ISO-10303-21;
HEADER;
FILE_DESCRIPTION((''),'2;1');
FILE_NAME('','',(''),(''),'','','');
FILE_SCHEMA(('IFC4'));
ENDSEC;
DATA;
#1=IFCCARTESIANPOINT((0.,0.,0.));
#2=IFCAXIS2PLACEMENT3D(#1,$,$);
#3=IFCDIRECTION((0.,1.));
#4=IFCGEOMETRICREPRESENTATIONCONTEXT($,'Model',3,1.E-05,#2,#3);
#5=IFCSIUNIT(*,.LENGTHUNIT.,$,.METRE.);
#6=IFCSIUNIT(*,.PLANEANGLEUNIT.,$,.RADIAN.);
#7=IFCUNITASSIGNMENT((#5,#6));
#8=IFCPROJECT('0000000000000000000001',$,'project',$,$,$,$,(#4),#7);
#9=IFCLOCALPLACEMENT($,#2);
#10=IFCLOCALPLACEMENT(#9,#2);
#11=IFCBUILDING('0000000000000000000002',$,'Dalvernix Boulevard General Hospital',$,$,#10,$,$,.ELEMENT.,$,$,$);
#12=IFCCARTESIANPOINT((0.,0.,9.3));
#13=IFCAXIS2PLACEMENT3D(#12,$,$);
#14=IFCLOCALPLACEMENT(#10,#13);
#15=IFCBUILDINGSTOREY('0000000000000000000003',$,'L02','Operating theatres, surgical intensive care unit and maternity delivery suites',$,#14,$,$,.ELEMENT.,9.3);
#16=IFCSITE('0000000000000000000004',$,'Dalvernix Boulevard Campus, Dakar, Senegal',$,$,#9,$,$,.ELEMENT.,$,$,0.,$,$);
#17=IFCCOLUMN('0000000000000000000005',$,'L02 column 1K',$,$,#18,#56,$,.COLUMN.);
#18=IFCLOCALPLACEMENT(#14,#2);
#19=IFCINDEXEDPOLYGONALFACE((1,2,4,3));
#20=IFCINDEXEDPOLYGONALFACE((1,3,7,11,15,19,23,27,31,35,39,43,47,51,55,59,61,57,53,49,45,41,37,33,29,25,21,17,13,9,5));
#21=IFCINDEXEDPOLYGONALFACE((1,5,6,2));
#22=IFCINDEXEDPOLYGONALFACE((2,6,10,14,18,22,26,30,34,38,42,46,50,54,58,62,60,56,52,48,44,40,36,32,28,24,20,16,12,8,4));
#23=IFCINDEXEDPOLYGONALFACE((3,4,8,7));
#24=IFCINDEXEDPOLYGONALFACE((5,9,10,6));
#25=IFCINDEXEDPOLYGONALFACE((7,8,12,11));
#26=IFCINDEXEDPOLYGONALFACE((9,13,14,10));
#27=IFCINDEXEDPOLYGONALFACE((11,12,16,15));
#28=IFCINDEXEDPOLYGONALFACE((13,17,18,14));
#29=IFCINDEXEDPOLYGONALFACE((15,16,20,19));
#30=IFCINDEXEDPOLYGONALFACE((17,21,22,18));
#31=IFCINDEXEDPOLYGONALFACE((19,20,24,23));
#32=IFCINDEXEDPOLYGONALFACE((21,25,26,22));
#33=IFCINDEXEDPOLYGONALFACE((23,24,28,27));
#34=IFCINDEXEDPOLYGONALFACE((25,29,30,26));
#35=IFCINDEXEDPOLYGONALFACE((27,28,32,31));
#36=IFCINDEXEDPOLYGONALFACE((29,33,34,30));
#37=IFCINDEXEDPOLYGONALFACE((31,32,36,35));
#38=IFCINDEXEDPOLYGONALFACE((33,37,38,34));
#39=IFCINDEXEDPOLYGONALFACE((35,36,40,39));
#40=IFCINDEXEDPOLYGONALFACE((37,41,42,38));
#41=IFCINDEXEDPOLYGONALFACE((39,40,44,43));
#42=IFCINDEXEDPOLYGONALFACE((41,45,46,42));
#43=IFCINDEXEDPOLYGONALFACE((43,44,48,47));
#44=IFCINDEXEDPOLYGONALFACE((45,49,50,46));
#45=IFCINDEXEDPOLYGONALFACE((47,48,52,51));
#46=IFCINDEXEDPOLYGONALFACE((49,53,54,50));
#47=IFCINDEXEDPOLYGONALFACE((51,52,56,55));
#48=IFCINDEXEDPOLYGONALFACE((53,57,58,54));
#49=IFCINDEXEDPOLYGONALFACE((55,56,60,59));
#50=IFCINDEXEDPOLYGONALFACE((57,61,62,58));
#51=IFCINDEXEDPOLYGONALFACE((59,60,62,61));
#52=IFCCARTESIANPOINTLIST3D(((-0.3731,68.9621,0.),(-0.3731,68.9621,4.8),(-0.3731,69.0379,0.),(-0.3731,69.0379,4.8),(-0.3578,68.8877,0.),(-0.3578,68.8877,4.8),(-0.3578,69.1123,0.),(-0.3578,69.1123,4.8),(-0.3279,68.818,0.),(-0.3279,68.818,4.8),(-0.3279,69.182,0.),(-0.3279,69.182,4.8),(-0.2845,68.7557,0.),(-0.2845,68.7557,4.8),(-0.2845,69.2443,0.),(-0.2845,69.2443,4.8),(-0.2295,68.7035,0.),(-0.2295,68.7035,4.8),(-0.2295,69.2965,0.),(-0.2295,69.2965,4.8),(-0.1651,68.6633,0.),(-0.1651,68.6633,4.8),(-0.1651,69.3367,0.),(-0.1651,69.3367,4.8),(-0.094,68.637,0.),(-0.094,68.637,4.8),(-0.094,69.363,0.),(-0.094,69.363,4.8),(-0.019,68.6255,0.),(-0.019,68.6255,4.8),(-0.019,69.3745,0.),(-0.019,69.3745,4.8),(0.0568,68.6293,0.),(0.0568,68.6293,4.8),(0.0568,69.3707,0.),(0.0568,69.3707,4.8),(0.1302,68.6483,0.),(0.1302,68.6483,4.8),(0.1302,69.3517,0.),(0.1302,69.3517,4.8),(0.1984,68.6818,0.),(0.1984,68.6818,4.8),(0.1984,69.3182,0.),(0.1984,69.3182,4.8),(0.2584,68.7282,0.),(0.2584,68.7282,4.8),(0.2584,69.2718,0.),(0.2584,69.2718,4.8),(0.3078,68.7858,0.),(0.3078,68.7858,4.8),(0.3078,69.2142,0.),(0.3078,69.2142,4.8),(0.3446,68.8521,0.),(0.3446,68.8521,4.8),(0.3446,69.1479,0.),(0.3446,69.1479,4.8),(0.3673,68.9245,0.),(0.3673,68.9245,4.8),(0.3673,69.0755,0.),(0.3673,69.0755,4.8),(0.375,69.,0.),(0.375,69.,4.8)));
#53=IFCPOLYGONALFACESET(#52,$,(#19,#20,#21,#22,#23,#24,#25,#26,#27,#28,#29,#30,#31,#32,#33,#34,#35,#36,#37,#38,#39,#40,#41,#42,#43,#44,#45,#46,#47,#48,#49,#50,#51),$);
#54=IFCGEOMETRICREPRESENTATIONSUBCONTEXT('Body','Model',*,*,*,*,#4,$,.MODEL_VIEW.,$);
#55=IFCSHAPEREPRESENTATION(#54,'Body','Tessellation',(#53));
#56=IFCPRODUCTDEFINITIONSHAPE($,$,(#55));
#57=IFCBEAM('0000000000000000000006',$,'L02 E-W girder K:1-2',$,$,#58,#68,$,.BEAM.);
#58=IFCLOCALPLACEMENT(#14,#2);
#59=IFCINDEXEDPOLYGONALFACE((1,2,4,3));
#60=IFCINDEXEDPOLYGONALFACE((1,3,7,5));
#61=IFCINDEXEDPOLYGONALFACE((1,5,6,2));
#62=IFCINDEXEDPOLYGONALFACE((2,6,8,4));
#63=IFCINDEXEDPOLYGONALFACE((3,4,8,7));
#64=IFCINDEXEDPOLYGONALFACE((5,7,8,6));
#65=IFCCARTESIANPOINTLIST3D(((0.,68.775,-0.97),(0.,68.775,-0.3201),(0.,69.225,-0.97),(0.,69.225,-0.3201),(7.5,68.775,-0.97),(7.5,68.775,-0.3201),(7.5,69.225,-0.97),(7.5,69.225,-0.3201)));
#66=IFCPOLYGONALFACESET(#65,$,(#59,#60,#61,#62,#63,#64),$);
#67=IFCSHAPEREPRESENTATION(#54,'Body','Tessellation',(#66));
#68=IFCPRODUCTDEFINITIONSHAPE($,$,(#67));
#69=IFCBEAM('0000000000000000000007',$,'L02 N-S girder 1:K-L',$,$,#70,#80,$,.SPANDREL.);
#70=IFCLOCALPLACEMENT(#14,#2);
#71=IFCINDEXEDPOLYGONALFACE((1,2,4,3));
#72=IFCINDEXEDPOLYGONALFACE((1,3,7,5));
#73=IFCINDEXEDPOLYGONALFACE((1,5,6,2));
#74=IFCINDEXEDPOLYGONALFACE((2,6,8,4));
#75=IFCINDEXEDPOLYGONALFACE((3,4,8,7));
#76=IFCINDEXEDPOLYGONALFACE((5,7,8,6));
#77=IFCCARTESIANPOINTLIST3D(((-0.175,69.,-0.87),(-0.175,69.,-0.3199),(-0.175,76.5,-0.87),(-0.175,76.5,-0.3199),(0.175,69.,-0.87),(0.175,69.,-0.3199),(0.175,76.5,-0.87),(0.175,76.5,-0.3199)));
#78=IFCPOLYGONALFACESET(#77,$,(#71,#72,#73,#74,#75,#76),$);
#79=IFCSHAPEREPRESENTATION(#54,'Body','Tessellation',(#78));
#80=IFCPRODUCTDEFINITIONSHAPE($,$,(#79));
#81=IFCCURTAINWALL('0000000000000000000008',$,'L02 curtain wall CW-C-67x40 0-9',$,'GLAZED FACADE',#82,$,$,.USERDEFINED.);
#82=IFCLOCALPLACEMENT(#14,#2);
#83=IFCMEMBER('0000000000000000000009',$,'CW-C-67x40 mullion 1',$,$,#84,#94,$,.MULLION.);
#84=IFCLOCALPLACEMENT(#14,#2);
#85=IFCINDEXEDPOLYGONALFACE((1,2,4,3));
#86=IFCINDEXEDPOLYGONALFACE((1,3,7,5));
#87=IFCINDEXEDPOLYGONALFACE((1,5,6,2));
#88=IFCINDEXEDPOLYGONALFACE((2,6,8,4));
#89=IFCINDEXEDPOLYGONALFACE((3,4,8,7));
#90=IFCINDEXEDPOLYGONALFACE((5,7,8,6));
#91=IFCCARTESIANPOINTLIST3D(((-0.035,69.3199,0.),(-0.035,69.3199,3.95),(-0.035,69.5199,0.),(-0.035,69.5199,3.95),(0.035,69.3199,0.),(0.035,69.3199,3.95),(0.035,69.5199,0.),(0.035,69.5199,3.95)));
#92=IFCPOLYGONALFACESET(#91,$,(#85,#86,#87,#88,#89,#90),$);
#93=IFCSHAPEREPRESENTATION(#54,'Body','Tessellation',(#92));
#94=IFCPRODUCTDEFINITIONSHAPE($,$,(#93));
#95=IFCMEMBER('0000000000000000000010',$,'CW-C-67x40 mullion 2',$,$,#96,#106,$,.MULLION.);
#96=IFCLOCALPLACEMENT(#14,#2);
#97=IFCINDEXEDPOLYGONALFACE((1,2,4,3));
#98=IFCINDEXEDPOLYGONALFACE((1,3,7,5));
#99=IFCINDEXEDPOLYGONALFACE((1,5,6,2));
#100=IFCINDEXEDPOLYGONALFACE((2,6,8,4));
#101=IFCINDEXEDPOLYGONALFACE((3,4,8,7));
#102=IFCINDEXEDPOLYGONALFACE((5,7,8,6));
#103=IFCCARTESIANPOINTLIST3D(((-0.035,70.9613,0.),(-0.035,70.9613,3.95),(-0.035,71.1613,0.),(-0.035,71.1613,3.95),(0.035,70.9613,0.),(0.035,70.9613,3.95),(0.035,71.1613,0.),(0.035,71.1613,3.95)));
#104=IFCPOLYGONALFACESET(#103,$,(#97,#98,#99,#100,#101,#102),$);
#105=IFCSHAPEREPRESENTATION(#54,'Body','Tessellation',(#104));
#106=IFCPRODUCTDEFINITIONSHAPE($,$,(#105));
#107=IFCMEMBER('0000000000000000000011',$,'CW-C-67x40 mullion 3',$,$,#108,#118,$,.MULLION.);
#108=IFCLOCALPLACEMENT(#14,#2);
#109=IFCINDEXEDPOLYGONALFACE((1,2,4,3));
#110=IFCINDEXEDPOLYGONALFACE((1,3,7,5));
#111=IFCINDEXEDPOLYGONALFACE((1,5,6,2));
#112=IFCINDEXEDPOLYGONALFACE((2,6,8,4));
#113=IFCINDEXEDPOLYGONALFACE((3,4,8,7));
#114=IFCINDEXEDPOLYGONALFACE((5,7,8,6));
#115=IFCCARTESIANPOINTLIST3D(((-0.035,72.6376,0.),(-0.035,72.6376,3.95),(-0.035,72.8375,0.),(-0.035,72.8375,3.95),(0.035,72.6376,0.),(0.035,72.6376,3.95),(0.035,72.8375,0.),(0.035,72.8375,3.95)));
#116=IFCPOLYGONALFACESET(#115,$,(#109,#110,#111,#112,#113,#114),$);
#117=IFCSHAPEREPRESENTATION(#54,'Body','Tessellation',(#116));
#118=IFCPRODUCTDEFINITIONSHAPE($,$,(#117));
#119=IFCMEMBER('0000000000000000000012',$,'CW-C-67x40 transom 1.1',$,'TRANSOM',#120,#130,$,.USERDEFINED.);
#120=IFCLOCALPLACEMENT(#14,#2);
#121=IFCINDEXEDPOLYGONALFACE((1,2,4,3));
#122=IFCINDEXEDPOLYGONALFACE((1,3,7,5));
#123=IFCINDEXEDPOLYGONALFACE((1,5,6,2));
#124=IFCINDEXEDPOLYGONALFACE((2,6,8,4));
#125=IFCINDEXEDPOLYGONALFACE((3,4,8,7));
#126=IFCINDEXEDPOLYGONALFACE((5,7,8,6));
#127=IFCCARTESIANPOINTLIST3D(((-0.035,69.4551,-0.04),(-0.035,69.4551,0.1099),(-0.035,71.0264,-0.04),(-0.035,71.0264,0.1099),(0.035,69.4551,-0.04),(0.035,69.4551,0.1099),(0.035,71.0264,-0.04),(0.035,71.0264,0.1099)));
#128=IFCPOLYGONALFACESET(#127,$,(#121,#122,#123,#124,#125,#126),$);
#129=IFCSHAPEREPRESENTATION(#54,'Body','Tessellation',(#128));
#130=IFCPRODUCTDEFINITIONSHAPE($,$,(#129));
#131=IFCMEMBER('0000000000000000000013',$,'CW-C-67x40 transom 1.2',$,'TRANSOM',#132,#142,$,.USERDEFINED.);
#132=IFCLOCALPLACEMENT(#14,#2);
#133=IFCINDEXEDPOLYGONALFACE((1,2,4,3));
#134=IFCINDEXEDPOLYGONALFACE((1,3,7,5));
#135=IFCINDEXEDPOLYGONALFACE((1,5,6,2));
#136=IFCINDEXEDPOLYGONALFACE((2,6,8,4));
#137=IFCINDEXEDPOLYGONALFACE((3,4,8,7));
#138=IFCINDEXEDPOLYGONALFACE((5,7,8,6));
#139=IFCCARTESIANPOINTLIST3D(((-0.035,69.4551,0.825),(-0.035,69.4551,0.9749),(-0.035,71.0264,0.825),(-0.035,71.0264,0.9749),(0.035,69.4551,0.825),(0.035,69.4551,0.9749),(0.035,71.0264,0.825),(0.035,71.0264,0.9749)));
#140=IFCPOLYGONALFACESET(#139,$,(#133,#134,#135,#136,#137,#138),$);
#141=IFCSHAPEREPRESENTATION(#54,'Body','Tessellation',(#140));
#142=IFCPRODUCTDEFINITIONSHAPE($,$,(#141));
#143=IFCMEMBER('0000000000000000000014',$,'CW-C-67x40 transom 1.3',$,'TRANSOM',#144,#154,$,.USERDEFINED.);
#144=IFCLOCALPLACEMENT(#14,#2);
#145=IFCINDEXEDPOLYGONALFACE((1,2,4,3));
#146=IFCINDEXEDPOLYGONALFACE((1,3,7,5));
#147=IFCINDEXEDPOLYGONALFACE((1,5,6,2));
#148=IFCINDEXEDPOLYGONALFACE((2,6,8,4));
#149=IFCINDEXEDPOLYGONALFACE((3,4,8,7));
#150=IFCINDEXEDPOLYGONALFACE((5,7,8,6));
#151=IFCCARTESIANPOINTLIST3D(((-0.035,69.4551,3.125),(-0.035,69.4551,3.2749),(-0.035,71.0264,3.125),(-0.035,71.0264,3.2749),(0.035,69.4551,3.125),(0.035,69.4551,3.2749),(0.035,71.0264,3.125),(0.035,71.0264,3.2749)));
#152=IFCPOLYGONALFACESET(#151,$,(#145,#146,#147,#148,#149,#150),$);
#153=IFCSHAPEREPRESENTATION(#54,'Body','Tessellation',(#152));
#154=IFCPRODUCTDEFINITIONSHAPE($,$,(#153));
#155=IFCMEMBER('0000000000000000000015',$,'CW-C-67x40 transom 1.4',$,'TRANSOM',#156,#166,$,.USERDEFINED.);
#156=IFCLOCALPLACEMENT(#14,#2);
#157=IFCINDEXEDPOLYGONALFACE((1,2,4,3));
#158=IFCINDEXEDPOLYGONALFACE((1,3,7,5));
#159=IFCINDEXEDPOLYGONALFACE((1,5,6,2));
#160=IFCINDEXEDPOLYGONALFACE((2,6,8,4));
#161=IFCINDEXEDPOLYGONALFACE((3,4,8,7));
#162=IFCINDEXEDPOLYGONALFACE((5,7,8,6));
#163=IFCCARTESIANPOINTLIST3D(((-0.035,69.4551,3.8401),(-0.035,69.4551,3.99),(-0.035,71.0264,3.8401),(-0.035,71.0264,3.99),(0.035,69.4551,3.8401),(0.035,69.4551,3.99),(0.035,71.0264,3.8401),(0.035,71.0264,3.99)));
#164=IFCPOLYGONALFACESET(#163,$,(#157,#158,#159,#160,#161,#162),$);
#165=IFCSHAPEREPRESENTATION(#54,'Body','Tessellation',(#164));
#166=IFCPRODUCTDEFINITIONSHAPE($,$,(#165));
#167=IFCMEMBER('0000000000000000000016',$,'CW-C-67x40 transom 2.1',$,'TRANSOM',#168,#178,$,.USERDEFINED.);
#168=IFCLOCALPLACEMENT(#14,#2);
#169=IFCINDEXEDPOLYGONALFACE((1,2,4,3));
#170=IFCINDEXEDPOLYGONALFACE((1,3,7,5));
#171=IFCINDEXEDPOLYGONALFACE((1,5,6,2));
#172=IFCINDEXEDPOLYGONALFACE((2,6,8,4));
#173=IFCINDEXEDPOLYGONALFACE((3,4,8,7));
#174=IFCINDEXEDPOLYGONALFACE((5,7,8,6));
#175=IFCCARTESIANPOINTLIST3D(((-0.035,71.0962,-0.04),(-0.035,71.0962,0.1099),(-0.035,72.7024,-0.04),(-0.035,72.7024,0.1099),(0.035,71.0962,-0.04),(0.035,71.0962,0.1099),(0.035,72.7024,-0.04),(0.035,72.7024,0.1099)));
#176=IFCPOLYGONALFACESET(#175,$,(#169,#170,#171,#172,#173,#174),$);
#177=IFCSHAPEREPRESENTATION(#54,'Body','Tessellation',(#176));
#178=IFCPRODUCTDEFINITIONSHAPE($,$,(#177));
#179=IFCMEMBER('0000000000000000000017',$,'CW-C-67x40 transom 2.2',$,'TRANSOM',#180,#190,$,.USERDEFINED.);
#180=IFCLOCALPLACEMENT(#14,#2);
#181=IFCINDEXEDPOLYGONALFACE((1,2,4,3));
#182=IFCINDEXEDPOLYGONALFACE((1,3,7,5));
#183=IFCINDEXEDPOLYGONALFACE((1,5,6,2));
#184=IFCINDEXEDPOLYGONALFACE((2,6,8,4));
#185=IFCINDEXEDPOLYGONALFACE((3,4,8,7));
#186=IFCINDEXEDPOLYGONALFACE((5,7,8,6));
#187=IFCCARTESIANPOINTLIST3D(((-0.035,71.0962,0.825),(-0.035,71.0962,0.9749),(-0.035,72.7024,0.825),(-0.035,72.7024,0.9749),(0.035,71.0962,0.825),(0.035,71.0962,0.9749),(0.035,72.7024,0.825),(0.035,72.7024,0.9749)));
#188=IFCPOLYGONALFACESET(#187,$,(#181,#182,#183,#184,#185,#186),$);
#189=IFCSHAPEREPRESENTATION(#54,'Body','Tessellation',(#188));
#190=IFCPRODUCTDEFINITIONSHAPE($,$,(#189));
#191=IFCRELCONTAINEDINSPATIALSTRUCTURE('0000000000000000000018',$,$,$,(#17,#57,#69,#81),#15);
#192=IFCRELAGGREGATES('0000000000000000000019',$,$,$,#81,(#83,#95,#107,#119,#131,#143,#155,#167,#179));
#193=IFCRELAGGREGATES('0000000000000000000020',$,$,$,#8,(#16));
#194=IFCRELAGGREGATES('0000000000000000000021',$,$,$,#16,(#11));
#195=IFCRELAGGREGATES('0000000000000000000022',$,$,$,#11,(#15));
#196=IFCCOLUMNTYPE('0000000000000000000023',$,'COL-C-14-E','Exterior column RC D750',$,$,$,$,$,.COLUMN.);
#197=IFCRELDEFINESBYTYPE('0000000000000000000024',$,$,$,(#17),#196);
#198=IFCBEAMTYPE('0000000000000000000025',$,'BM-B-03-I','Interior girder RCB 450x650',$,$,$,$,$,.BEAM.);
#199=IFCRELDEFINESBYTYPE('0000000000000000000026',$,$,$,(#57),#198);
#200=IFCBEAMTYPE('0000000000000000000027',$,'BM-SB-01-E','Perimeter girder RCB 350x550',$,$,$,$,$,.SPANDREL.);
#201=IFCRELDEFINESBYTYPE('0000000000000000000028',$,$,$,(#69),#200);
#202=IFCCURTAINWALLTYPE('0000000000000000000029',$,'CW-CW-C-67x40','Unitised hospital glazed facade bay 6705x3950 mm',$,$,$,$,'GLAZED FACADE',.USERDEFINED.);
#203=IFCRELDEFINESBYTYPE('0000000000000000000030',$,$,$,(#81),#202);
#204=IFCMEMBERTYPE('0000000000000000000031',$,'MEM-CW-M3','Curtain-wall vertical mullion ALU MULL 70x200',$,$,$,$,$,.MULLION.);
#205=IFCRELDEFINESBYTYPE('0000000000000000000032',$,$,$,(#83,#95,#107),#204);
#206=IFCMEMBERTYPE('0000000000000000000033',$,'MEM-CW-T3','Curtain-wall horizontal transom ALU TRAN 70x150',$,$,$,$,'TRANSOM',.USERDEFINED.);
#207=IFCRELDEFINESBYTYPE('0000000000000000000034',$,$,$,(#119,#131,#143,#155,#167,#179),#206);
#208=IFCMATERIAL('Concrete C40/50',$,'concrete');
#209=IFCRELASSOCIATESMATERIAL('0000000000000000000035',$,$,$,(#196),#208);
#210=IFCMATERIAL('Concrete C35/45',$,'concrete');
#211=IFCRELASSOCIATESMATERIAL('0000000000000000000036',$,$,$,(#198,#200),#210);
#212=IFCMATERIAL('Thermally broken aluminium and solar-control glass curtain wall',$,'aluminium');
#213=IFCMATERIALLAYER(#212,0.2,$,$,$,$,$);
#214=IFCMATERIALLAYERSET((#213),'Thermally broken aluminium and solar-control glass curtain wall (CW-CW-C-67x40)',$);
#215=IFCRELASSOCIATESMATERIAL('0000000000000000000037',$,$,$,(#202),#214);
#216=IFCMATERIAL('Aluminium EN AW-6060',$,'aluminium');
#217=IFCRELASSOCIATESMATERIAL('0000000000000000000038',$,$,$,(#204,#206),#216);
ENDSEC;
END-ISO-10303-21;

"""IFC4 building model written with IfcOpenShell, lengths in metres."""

from ifc_helpers import new_model, si_unit, direction, frame, origin, origin_2d, place, context, subcontext, project, spatial, rectangle, circle, extrude, material, layer, layer_set, material_profile, profile_set, type_object, element, aggregate, save


model = new_model("IFC4")

# Units and contexts
model_context = context("Model", 3, precision=1e-05, world=origin(), true_north=direction((0.0, 1.0)))
body_context = subcontext(model_context, "Body", "Model", "MODEL_VIEW")
ifc_project = project(units=[si_unit("LENGTHUNIT", "METRE"), si_unit("PLANEANGLEUNIT", "RADIAN")], contexts=[model_context])

# Site, building, storey
site_placement = place(None, origin())
site = spatial("IfcSite", under=ifc_project, at=site_placement, Name="Dalvernix Boulevard Campus, Dakar, Senegal", CompositionType="ELEMENT", RefElevation=0.0)
building_placement = place(site_placement, origin())
building = spatial("IfcBuilding", under=site, at=building_placement, Name="Dalvernix Boulevard General Hospital", CompositionType="ELEMENT")
storey_placement = place(building_placement, frame((0.0, 0.0, 9.3)))
storey = spatial("IfcBuildingStorey", under=building, at=storey_placement, Name="L02", Description="Operating theatres, surgical intensive care unit and maternity delivery suites", CompositionType="ELEMENT", Elevation=9.3)

# Column
ifc_material_1 = material(Name="Concrete C40/50", Category="concrete")
ifc_material_profile_1 = material_profile(ifc_material_1, circle(Radius=0.375, at=origin_2d()), Name="RC D750")
ifc_profile_set_1 = profile_set([ifc_material_profile_1], Name="Concrete C40/50")
column_type = type_object("IfcColumnType", Name="COL-C-14-E", Description="Exterior column RC D750", PredefinedType="COLUMN", material=ifc_profile_set_1)
column_placement = place(storey_placement, frame((0.0, 69.0, 0.0), z_axis=(0.0, 0.0, 1.0), x_axis=(1.0, 0.0, 0.0)))
element("IfcColumn", 1, at=column_placement, inside=storey, type_object=column_type, Name="L02 column 1K", PredefinedType="COLUMN", context=body_context, shape_type="SweptSolid", body=[
    extrude(circle(Radius=0.375, at=origin_2d()), origin(), (0.0, 0.0, 1.0), 4.8),
])

# Beams
ifc_material_2 = material(Name="Concrete C35/45", Category="concrete")
ifc_material_profile_2 = material_profile(ifc_material_2, rectangle(XDim=0.45, YDim=0.6499, at=origin_2d()), Name="RCB 450x650")
ifc_profile_set_2 = profile_set([ifc_material_profile_2], Name="Concrete C35/45")
beam_type_1 = type_object("IfcBeamType", Name="BM-B-03-I", Description="Interior girder RCB 450x650", PredefinedType="BEAM", material=ifc_profile_set_2)
beam_1_placement = place(storey_placement, frame((0.0, 69.0, -0.645), z_axis=(1.0, 0.0, 0.0), x_axis=(0.0, 1.0, 0.0)))
element("IfcBeam", 2, at=beam_1_placement, inside=storey, type_object=beam_type_1, Name="L02 E-W girder K:1-2", PredefinedType="BEAM", context=body_context, shape_type="SweptSolid", body=[
    extrude(rectangle(XDim=0.45, YDim=0.6499, at=origin_2d()), origin(), (0.0, 0.0, 1.0), 7.5),
])
ifc_material_profile_3 = material_profile(ifc_material_2, rectangle(XDim=0.3501, YDim=0.55, at=origin_2d()), Name="RCB 350x550")
ifc_profile_set_3 = profile_set([ifc_material_profile_3], Name="Concrete C35/45")
beam_type_2 = type_object("IfcBeamType", Name="BM-SB-01-E", Description="Perimeter girder RCB 350x550", PredefinedType="SPANDREL", material=ifc_profile_set_3)
beam_2_placement = place(storey_placement, frame((0.0, 69.0, -0.595), z_axis=(0.0, 1.0, 0.0), x_axis=(-1.0, 0.0, 0.0)))
element("IfcBeam", 3, at=beam_2_placement, inside=storey, type_object=beam_type_2, Name="L02 N-S girder 1:K-L", PredefinedType="SPANDREL", context=body_context, shape_type="SweptSolid", body=[
    extrude(rectangle(XDim=0.3501, YDim=0.55, at=origin_2d()), origin(), (0.0, 0.0, 1.0), 7.5),
])

# Curtain wall, members
ifc_material_3 = material(Name="Thermally broken aluminium and solar-control glass curtain wall", Category="aluminium")
ifc_layer_1 = layer(ifc_material_3, 0.2)
ifc_layer_set_1 = layer_set([ifc_layer_1], Name="Thermally broken aluminium and solar-control glass curtain wall (CW-CW-C-67x40)")
curtain_wall_type = type_object("IfcCurtainWallType", Name="CW-CW-C-67x40", Description="Unitised hospital glazed facade bay 6705x3950 mm", ElementType="GLAZED FACADE", PredefinedType="USERDEFINED", material=ifc_layer_set_1)
curtain_wall_placement = place(storey_placement, origin())
curtain_wall = element("IfcCurtainWall", 4, at=curtain_wall_placement, inside=storey, type_object=curtain_wall_type, Name="L02 curtain wall CW-C-67x40 0-9", ObjectType="GLAZED FACADE", PredefinedType="USERDEFINED")
ifc_material_4 = material(Name="Aluminium EN AW-6060", Category="aluminium")
ifc_material_profile_4 = material_profile(ifc_material_4, rectangle(XDim=0.0701, YDim=0.2, at=origin_2d()), Name="ALU MULL 70x200")
ifc_profile_set_4 = profile_set([ifc_material_profile_4], Name="Aluminium EN AW-6060")
member_type_1 = type_object("IfcMemberType", Name="MEM-CW-M3", Description="Curtain-wall vertical mullion ALU MULL 70x200", PredefinedType="MULLION", material=ifc_profile_set_4)
member_1_placement = place(storey_placement, frame((0.0, 69.4199, 0.0), z_axis=(0.0, 0.0, 1.0), x_axis=(-1.0, 0.0, 0.0)))
member_1 = element("IfcMember", 5, at=member_1_placement, type_object=member_type_1, Name="CW-C-67x40 mullion 1", PredefinedType="MULLION", context=body_context, shape_type="SweptSolid", body=[
    extrude(rectangle(XDim=0.0701, YDim=0.2, at=origin_2d()), origin(), (0.0, 0.0, 1.0), 3.95),
])
member_2_placement = place(storey_placement, frame((0.0, 71.0613, 0.0), z_axis=(0.0, 0.0, 1.0), x_axis=(-1.0, 0.0, 0.0)))
member_2 = element("IfcMember", 6, at=member_2_placement, type_object=member_type_1, Name="CW-C-67x40 mullion 2", PredefinedType="MULLION", context=body_context, shape_type="SweptSolid", body=[
    extrude(rectangle(XDim=0.0701, YDim=0.2, at=origin_2d()), origin(), (0.0, 0.0, 1.0), 3.95),
])
member_3_placement = place(storey_placement, frame((0.0, 72.7375, 0.0), z_axis=(0.0, 0.0, 1.0), x_axis=(-1.0, 0.0, 0.0)))
member_3 = element("IfcMember", 7, at=member_3_placement, type_object=member_type_1, Name="CW-C-67x40 mullion 3", PredefinedType="MULLION", context=body_context, shape_type="SweptSolid", body=[
    extrude(rectangle(XDim=0.0701, YDim=0.2, at=origin_2d()), origin(), (0.0, 0.0, 1.0), 3.95),
])
ifc_material_profile_5 = material_profile(ifc_material_4, rectangle(XDim=0.0701, YDim=0.1499, at=origin_2d()), Name="ALU TRAN 70x150")
ifc_profile_set_5 = profile_set([ifc_material_profile_5], Name="Aluminium EN AW-6060")
member_type_2 = type_object("IfcMemberType", Name="MEM-CW-T3", Description="Curtain-wall horizontal transom ALU TRAN 70x150", ElementType="TRANSOM", PredefinedType="USERDEFINED", material=ifc_profile_set_5)
member_4_placement = place(storey_placement, frame((0.0, 69.4551, 0.0349), z_axis=(0.0, 1.0, 0.0), x_axis=(-1.0, 0.0, 0.0)))
member_4 = element("IfcMember", 8, at=member_4_placement, type_object=member_type_2, Name="CW-C-67x40 transom 1.1", ObjectType="TRANSOM", PredefinedType="USERDEFINED", context=body_context, shape_type="SweptSolid", body=[
    extrude(rectangle(XDim=0.0701, YDim=0.1499, at=origin_2d()), origin(), (0.0, 0.0, 1.0), 1.5713),
])
member_5_placement = place(storey_placement, frame((0.0, 69.4551, 0.8999), z_axis=(0.0, 1.0, 0.0), x_axis=(-1.0, 0.0, 0.0)))
member_5 = element("IfcMember", 9, at=member_5_placement, type_object=member_type_2, Name="CW-C-67x40 transom 1.2", ObjectType="TRANSOM", PredefinedType="USERDEFINED", context=body_context, shape_type="SweptSolid", body=[
    extrude(rectangle(XDim=0.0701, YDim=0.1499, at=origin_2d()), origin(), (0.0, 0.0, 1.0), 1.5713),
])
member_6_placement = place(storey_placement, frame((0.0, 69.4551, 3.2), z_axis=(0.0, 1.0, 0.0), x_axis=(-1.0, 0.0, 0.0)))
member_6 = element("IfcMember", 10, at=member_6_placement, type_object=member_type_2, Name="CW-C-67x40 transom 1.3", ObjectType="TRANSOM", PredefinedType="USERDEFINED", context=body_context, shape_type="SweptSolid", body=[
    extrude(rectangle(XDim=0.0701, YDim=0.1499, at=origin_2d()), origin(), (0.0, 0.0, 1.0), 1.5713),
])
member_7_placement = place(storey_placement, frame((0.0, 69.4551, 3.915), z_axis=(0.0, 1.0, 0.0), x_axis=(-1.0, 0.0, 0.0)))
member_7 = element("IfcMember", 11, at=member_7_placement, type_object=member_type_2, Name="CW-C-67x40 transom 1.4", ObjectType="TRANSOM", PredefinedType="USERDEFINED", context=body_context, shape_type="SweptSolid", body=[
    extrude(rectangle(XDim=0.0701, YDim=0.1499, at=origin_2d()), origin(), (0.0, 0.0, 1.0), 1.5713),
])
member_8_placement = place(storey_placement, frame((0.0, 71.0962, 0.0349), z_axis=(0.0, 1.0, 0.0), x_axis=(-1.0, 0.0, 0.0)))
member_8 = element("IfcMember", 12, at=member_8_placement, type_object=member_type_2, Name="CW-C-67x40 transom 2.1", ObjectType="TRANSOM", PredefinedType="USERDEFINED", context=body_context, shape_type="SweptSolid", body=[
    extrude(rectangle(XDim=0.0701, YDim=0.1499, at=origin_2d()), origin(), (0.0, 0.0, 1.0), 1.6062),
])
member_9_placement = place(storey_placement, frame((0.0, 71.0962, 0.8999), z_axis=(0.0, 1.0, 0.0), x_axis=(-1.0, 0.0, 0.0)))
member_9 = element("IfcMember", 13, at=member_9_placement, type_object=member_type_2, Name="CW-C-67x40 transom 2.2", ObjectType="TRANSOM", PredefinedType="USERDEFINED", context=body_context, shape_type="SweptSolid", body=[
    extrude(rectangle(XDim=0.0701, YDim=0.1499, at=origin_2d()), origin(), (0.0, 0.0, 1.0), 1.6062),
])
aggregate(curtain_wall, [member_1, member_2, member_3, member_4, member_5, member_6, member_7, member_8, member_9])

save(model, "model.ifc")
